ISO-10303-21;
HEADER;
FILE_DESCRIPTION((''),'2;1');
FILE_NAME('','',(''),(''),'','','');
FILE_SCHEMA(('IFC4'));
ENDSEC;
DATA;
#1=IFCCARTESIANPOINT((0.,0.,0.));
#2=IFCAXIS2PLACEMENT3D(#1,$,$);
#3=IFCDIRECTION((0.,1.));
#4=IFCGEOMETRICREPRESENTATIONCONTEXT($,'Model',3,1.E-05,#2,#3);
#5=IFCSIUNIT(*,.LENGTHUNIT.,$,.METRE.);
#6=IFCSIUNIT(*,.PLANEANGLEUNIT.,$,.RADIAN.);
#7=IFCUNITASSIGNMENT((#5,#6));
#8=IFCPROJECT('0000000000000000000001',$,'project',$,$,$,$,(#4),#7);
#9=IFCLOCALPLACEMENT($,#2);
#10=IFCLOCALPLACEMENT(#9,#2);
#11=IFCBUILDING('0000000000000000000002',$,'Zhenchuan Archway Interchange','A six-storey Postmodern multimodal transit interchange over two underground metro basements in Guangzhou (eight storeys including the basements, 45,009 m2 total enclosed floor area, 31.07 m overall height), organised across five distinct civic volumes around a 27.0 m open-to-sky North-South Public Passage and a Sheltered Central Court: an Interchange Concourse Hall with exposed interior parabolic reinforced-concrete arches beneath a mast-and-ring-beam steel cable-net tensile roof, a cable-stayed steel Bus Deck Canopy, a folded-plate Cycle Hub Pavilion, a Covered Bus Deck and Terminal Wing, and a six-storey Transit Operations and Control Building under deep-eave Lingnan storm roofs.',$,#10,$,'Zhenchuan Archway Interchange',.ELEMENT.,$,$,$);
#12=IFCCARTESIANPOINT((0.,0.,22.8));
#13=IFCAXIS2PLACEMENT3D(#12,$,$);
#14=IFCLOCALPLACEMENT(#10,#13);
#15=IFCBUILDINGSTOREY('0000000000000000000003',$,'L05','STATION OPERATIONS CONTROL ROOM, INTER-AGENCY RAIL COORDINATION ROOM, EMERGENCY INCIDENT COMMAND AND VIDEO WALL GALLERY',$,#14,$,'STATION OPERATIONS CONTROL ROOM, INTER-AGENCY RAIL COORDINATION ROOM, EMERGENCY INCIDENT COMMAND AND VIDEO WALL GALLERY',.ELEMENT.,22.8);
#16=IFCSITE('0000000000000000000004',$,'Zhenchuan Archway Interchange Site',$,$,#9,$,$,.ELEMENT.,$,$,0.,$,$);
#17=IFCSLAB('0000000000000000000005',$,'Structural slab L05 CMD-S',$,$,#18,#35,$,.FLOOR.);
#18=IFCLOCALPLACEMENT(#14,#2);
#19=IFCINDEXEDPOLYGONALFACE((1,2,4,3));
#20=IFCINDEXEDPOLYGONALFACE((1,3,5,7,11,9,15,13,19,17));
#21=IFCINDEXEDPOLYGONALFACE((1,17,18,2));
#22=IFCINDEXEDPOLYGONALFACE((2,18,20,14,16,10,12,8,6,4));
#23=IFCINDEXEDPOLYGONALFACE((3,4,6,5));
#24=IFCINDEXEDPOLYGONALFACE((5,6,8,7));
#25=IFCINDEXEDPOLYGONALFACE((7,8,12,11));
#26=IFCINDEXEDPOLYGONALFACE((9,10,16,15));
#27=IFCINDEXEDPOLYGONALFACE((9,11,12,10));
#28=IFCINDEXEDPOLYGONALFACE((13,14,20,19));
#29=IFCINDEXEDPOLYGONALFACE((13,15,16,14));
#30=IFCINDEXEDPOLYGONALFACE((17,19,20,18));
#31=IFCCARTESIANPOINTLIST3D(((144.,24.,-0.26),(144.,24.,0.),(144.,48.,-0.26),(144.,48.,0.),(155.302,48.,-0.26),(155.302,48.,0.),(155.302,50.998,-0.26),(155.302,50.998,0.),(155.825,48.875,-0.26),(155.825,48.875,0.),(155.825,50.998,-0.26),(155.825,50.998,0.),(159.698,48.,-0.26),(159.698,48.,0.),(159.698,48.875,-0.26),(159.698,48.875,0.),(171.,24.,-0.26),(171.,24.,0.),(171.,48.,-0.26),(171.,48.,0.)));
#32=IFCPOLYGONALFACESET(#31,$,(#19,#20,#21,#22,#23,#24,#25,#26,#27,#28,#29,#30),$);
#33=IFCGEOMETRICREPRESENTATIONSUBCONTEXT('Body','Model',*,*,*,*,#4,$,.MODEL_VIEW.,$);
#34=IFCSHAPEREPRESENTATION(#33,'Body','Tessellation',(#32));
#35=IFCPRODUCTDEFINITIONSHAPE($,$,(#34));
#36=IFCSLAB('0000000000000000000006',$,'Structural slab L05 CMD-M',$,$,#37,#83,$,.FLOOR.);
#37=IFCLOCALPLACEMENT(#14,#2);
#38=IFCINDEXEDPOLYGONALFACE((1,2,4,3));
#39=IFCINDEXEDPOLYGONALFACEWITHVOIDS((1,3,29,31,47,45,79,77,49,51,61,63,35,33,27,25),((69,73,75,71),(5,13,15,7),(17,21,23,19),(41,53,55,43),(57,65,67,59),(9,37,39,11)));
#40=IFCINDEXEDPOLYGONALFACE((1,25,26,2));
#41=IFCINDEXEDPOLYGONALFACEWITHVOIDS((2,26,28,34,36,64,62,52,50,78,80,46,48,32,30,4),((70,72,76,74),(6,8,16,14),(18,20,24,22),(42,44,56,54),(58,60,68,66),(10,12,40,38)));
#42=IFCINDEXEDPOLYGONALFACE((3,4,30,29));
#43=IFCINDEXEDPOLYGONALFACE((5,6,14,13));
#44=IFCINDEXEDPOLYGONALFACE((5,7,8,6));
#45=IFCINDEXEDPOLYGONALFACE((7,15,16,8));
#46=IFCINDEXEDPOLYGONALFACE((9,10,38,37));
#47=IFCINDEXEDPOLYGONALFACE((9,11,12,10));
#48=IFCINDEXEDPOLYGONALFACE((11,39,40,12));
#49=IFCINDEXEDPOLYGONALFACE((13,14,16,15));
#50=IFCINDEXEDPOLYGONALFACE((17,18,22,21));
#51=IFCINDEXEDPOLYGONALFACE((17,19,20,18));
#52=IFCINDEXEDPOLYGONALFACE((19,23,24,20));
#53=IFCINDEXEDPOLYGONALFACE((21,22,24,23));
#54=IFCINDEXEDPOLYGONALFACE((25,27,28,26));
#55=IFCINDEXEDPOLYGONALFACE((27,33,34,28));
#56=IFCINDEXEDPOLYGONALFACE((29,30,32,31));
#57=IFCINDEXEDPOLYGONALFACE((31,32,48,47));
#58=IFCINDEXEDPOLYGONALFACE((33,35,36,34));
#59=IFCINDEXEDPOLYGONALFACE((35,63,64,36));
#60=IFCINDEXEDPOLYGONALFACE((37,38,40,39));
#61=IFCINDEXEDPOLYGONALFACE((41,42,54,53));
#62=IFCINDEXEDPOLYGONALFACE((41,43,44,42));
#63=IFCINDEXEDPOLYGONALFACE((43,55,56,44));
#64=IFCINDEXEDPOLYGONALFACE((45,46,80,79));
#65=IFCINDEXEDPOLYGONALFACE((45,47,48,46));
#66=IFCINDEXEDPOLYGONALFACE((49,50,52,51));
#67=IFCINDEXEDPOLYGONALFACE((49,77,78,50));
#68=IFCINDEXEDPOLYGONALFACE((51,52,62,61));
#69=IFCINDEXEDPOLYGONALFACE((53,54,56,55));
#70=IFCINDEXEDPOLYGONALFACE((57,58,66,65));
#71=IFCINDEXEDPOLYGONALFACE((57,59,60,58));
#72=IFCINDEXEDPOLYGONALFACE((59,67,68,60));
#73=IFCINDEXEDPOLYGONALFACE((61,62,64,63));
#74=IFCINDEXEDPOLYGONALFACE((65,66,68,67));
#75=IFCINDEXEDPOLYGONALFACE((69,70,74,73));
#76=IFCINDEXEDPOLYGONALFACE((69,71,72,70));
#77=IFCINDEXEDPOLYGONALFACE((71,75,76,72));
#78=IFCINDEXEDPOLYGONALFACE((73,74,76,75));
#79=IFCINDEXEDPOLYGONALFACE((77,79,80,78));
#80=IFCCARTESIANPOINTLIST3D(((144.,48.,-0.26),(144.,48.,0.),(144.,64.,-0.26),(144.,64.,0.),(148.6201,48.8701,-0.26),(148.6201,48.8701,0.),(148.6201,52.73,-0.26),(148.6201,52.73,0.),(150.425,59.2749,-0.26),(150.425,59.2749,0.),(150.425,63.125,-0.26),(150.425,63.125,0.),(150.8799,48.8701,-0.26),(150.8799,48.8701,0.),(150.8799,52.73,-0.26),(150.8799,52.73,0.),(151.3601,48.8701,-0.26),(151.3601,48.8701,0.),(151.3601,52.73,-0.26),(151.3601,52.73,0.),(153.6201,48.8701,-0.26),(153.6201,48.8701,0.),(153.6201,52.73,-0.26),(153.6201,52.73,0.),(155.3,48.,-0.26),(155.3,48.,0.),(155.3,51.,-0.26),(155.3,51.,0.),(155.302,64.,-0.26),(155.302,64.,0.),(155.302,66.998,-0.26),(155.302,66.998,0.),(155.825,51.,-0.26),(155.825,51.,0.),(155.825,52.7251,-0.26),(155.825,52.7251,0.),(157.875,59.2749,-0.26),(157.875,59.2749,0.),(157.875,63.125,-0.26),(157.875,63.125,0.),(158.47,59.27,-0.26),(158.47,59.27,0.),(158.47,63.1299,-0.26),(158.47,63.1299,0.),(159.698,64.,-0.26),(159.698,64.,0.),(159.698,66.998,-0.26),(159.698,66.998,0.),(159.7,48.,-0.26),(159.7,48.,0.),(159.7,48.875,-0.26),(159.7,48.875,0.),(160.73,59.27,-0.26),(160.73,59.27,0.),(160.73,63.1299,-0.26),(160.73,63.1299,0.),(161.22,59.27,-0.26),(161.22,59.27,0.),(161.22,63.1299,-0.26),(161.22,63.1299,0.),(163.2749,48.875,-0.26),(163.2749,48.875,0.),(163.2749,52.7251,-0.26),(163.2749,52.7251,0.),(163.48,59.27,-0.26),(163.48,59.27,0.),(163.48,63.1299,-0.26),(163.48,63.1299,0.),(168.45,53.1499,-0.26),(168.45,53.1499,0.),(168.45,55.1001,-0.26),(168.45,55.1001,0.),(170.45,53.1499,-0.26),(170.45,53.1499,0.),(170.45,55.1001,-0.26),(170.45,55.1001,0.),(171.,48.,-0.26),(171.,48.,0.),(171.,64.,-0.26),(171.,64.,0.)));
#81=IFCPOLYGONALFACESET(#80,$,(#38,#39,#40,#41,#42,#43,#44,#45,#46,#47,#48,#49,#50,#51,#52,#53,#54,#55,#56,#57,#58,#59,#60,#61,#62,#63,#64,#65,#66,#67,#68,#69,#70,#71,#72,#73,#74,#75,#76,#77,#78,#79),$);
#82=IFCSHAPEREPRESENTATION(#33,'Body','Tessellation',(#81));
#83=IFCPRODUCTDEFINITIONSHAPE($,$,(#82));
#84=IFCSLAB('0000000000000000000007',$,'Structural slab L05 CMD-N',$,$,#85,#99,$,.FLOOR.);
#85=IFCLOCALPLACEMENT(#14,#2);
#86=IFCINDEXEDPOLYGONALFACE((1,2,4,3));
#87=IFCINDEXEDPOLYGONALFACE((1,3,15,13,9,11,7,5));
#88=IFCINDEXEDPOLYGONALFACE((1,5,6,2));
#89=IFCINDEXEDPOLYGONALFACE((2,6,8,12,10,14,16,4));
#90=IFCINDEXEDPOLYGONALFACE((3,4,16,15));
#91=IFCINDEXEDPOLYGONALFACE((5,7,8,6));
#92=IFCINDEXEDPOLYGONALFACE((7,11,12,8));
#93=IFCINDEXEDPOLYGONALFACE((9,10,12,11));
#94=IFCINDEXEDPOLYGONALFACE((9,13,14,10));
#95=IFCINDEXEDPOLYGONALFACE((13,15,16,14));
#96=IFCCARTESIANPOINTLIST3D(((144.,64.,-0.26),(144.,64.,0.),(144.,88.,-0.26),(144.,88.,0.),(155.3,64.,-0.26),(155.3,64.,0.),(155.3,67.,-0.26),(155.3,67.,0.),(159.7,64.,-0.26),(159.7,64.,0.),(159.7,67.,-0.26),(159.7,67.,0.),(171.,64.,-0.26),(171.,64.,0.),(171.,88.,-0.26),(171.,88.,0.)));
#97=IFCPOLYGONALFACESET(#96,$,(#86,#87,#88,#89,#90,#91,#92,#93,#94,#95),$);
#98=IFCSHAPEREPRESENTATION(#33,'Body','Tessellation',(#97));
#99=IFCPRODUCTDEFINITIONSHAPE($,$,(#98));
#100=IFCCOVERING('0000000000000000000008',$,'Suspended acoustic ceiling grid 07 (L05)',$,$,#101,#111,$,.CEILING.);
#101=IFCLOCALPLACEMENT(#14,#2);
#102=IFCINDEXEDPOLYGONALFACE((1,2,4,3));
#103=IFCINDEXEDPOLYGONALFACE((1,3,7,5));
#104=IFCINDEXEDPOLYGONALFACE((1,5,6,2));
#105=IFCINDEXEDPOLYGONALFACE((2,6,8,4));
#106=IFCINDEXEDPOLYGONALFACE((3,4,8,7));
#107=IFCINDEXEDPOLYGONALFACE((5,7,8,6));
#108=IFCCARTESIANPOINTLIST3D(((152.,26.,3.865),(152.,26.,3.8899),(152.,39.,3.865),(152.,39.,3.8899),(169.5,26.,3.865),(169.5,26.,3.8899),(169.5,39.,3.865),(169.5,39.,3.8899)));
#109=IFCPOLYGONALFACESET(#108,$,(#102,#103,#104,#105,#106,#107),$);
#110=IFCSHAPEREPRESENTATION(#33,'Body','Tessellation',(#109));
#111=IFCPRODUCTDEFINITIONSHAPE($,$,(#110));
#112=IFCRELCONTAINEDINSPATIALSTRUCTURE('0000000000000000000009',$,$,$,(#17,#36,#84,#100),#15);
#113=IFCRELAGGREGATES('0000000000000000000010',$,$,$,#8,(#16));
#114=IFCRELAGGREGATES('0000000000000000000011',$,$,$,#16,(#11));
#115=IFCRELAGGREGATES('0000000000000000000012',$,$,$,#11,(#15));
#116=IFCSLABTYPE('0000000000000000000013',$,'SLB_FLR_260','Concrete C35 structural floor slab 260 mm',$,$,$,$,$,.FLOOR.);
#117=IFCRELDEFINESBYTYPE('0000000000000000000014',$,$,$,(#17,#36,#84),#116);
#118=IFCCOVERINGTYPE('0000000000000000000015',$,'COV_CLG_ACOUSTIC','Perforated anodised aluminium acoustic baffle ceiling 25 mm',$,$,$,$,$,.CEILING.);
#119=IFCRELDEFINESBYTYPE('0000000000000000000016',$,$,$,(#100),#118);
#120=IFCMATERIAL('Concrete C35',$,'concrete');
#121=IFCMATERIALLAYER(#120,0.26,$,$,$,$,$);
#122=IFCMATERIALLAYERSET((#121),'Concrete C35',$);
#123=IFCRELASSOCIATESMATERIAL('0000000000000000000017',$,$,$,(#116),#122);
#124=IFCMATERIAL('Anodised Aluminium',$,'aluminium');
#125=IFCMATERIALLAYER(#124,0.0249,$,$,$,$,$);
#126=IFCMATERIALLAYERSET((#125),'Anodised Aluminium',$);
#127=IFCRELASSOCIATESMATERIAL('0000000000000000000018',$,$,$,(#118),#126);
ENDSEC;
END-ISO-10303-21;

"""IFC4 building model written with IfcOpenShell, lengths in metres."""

from ifc_helpers import new_model, si_unit, direction, frame, origin, place, context, subcontext, project, spatial, polyline, outline, extrude, material, layer, layer_set, type_object, element, save


model = new_model("IFC4")

# Units and contexts
model_context = context("Model", 3, precision=1e-05, world=origin(), true_north=direction((0.0, 1.0)))
body_context = subcontext(model_context, "Body", "Model", "MODEL_VIEW")
ifc_project = project(units=[si_unit("LENGTHUNIT", "METRE"), si_unit("PLANEANGLEUNIT", "RADIAN")], contexts=[model_context])

# Site, building, storey
site_placement = place(None, origin())
site = spatial("IfcSite", under=ifc_project, at=site_placement, Name="Zhenchuan Archway Interchange Site", CompositionType="ELEMENT", RefElevation=0.0)
building_placement = place(site_placement, origin())
building = spatial("IfcBuilding", under=site, at=building_placement, Name="Zhenchuan Archway Interchange", Description="A six-storey Postmodern multimodal transit interchange over two underground metro basements in Guangzhou (eight storeys including the basements, 45,009 m2 total enclosed floor area, 31.07 m overall height), organised across five distinct civic volumes around a 27.0 m open-to-sky North-South Public Passage and a Sheltered Central Court: an Interchange Concourse Hall with exposed interior parabolic reinforced-concrete arches beneath a mast-and-ring-beam steel cable-net tensile roof, a cable-stayed steel Bus Deck Canopy, a folded-plate Cycle Hub Pavilion, a Covered Bus Deck and Terminal Wing, and a six-storey Transit Operations and Control Building under deep-eave Lingnan storm roofs.", LongName="Zhenchuan Archway Interchange", CompositionType="ELEMENT")
storey_placement = place(building_placement, frame((0.0, 0.0, 22.8)))
storey = spatial("IfcBuildingStorey", under=building, at=storey_placement, Name="L05", Description="STATION OPERATIONS CONTROL ROOM, INTER-AGENCY RAIL COORDINATION ROOM, EMERGENCY INCIDENT COMMAND AND VIDEO WALL GALLERY", LongName="STATION OPERATIONS CONTROL ROOM, INTER-AGENCY RAIL COORDINATION ROOM, EMERGENCY INCIDENT COMMAND AND VIDEO WALL GALLERY", CompositionType="ELEMENT", Elevation=22.8)

# Slabs
ifc_material_1 = material(Name="Concrete C35", Category="concrete")
ifc_layer_1 = layer(ifc_material_1, 0.26)
ifc_layer_set_1 = layer_set([ifc_layer_1], Name="Concrete C35")
slab_type = type_object("IfcSlabType", Name="SLB_FLR_260", Description="Concrete C35 structural floor slab 260 mm", PredefinedType="FLOOR", material=ifc_layer_set_1)
slab_1_placement = place(storey_placement, frame((0.0, 0.0, -0.26)))
element("IfcSlab", 1, at=slab_1_placement, inside=storey, type_object=slab_type, Name="Structural slab L05 CMD-S", PredefinedType="FLOOR", context=body_context, shape_type="SweptSolid", body=[
    extrude(outline(polyline([(171.0, 24.0), (144.0, 24.0), (144.0, 48.0), (155.302, 48.0), (155.302, 50.998), (155.825, 50.998), (155.825, 48.875), (159.698, 48.875), (159.698, 48.0), (171.0, 48.0), (171.0, 24.0)])), origin(), (0.0, 0.0, 1.0), 0.26),
])
slab_2_placement = place(storey_placement, frame((0.0, 0.0, -0.26)))
element("IfcSlab", 2, at=slab_2_placement, inside=storey, type_object=slab_type, Name="Structural slab L05 CMD-M", PredefinedType="FLOOR", context=body_context, shape_type="SweptSolid", body=[
    extrude(outline(polyline([(159.7, 48.0), (159.7, 48.875), (163.2749, 48.875), (163.2749, 52.7251), (155.825, 52.7251), (155.825, 51.0), (155.3, 51.0), (155.3, 48.0), (144.0, 48.0), (144.0, 64.0), (155.302, 64.0), (155.302, 66.998), (159.698, 66.998), (159.698, 64.0), (171.0, 64.0), (171.0, 48.0), (159.7, 48.0)]), holes=[polyline([(150.425, 63.125), (150.425, 59.2749), (157.875, 59.2749), (157.875, 63.125), (150.425, 63.125)]), polyline([(160.73, 59.27), (160.73, 63.1299), (158.47, 63.1299), (158.47, 59.27), (160.73, 59.27)]), polyline([(161.22, 59.27), (163.48, 59.27), (163.48, 63.1299), (161.22, 63.1299), (161.22, 59.27)]), polyline([(148.6201, 52.73), (148.6201, 48.8701), (150.8799, 48.8701), (150.8799, 52.73), (148.6201, 52.73)]), polyline([(153.6201, 52.73), (151.3601, 52.73), (151.3601, 48.8701), (153.6201, 48.8701), (153.6201, 52.73)]), polyline([(170.45, 53.1499), (170.45, 55.1001), (168.45, 55.1001), (168.45, 53.1499), (170.45, 53.1499)])]), origin(), (0.0, 0.0, 1.0), 0.26),
])
slab_3_placement = place(storey_placement, frame((0.0, 0.0, -0.26)))
element("IfcSlab", 3, at=slab_3_placement, inside=storey, type_object=slab_type, Name="Structural slab L05 CMD-N", PredefinedType="FLOOR", context=body_context, shape_type="SweptSolid", body=[
    extrude(outline(polyline([(144.0, 64.0), (144.0, 88.0), (171.0, 88.0), (171.0, 64.0), (159.7, 64.0), (159.7, 67.0), (155.3, 67.0), (155.3, 64.0), (144.0, 64.0)])), origin(), (0.0, 0.0, 1.0), 0.26),
])

# Covering
ifc_material_2 = material(Name="Anodised Aluminium", Category="aluminium")
ifc_layer_2 = layer(ifc_material_2, 0.0249)
ifc_layer_set_2 = layer_set([ifc_layer_2], Name="Anodised Aluminium")
covering_type = type_object("IfcCoveringType", Name="COV_CLG_ACOUSTIC", Description="Perforated anodised aluminium acoustic baffle ceiling 25 mm", PredefinedType="CEILING", material=ifc_layer_set_2)
covering_placement = place(storey_placement, frame((0.0, 0.0, 3.865)))
element("IfcCovering", 4, at=covering_placement, inside=storey, type_object=covering_type, Name="Suspended acoustic ceiling grid 07 (L05)", PredefinedType="CEILING", context=body_context, shape_type="SweptSolid", body=[
    extrude(outline(polyline([(152.0, 26.0), (169.5, 26.0), (169.5, 39.0), (152.0, 39.0), (152.0, 26.0)])), origin(), (0.0, 0.0, 1.0), 0.0249),
])

save(model, "model.ifc")
